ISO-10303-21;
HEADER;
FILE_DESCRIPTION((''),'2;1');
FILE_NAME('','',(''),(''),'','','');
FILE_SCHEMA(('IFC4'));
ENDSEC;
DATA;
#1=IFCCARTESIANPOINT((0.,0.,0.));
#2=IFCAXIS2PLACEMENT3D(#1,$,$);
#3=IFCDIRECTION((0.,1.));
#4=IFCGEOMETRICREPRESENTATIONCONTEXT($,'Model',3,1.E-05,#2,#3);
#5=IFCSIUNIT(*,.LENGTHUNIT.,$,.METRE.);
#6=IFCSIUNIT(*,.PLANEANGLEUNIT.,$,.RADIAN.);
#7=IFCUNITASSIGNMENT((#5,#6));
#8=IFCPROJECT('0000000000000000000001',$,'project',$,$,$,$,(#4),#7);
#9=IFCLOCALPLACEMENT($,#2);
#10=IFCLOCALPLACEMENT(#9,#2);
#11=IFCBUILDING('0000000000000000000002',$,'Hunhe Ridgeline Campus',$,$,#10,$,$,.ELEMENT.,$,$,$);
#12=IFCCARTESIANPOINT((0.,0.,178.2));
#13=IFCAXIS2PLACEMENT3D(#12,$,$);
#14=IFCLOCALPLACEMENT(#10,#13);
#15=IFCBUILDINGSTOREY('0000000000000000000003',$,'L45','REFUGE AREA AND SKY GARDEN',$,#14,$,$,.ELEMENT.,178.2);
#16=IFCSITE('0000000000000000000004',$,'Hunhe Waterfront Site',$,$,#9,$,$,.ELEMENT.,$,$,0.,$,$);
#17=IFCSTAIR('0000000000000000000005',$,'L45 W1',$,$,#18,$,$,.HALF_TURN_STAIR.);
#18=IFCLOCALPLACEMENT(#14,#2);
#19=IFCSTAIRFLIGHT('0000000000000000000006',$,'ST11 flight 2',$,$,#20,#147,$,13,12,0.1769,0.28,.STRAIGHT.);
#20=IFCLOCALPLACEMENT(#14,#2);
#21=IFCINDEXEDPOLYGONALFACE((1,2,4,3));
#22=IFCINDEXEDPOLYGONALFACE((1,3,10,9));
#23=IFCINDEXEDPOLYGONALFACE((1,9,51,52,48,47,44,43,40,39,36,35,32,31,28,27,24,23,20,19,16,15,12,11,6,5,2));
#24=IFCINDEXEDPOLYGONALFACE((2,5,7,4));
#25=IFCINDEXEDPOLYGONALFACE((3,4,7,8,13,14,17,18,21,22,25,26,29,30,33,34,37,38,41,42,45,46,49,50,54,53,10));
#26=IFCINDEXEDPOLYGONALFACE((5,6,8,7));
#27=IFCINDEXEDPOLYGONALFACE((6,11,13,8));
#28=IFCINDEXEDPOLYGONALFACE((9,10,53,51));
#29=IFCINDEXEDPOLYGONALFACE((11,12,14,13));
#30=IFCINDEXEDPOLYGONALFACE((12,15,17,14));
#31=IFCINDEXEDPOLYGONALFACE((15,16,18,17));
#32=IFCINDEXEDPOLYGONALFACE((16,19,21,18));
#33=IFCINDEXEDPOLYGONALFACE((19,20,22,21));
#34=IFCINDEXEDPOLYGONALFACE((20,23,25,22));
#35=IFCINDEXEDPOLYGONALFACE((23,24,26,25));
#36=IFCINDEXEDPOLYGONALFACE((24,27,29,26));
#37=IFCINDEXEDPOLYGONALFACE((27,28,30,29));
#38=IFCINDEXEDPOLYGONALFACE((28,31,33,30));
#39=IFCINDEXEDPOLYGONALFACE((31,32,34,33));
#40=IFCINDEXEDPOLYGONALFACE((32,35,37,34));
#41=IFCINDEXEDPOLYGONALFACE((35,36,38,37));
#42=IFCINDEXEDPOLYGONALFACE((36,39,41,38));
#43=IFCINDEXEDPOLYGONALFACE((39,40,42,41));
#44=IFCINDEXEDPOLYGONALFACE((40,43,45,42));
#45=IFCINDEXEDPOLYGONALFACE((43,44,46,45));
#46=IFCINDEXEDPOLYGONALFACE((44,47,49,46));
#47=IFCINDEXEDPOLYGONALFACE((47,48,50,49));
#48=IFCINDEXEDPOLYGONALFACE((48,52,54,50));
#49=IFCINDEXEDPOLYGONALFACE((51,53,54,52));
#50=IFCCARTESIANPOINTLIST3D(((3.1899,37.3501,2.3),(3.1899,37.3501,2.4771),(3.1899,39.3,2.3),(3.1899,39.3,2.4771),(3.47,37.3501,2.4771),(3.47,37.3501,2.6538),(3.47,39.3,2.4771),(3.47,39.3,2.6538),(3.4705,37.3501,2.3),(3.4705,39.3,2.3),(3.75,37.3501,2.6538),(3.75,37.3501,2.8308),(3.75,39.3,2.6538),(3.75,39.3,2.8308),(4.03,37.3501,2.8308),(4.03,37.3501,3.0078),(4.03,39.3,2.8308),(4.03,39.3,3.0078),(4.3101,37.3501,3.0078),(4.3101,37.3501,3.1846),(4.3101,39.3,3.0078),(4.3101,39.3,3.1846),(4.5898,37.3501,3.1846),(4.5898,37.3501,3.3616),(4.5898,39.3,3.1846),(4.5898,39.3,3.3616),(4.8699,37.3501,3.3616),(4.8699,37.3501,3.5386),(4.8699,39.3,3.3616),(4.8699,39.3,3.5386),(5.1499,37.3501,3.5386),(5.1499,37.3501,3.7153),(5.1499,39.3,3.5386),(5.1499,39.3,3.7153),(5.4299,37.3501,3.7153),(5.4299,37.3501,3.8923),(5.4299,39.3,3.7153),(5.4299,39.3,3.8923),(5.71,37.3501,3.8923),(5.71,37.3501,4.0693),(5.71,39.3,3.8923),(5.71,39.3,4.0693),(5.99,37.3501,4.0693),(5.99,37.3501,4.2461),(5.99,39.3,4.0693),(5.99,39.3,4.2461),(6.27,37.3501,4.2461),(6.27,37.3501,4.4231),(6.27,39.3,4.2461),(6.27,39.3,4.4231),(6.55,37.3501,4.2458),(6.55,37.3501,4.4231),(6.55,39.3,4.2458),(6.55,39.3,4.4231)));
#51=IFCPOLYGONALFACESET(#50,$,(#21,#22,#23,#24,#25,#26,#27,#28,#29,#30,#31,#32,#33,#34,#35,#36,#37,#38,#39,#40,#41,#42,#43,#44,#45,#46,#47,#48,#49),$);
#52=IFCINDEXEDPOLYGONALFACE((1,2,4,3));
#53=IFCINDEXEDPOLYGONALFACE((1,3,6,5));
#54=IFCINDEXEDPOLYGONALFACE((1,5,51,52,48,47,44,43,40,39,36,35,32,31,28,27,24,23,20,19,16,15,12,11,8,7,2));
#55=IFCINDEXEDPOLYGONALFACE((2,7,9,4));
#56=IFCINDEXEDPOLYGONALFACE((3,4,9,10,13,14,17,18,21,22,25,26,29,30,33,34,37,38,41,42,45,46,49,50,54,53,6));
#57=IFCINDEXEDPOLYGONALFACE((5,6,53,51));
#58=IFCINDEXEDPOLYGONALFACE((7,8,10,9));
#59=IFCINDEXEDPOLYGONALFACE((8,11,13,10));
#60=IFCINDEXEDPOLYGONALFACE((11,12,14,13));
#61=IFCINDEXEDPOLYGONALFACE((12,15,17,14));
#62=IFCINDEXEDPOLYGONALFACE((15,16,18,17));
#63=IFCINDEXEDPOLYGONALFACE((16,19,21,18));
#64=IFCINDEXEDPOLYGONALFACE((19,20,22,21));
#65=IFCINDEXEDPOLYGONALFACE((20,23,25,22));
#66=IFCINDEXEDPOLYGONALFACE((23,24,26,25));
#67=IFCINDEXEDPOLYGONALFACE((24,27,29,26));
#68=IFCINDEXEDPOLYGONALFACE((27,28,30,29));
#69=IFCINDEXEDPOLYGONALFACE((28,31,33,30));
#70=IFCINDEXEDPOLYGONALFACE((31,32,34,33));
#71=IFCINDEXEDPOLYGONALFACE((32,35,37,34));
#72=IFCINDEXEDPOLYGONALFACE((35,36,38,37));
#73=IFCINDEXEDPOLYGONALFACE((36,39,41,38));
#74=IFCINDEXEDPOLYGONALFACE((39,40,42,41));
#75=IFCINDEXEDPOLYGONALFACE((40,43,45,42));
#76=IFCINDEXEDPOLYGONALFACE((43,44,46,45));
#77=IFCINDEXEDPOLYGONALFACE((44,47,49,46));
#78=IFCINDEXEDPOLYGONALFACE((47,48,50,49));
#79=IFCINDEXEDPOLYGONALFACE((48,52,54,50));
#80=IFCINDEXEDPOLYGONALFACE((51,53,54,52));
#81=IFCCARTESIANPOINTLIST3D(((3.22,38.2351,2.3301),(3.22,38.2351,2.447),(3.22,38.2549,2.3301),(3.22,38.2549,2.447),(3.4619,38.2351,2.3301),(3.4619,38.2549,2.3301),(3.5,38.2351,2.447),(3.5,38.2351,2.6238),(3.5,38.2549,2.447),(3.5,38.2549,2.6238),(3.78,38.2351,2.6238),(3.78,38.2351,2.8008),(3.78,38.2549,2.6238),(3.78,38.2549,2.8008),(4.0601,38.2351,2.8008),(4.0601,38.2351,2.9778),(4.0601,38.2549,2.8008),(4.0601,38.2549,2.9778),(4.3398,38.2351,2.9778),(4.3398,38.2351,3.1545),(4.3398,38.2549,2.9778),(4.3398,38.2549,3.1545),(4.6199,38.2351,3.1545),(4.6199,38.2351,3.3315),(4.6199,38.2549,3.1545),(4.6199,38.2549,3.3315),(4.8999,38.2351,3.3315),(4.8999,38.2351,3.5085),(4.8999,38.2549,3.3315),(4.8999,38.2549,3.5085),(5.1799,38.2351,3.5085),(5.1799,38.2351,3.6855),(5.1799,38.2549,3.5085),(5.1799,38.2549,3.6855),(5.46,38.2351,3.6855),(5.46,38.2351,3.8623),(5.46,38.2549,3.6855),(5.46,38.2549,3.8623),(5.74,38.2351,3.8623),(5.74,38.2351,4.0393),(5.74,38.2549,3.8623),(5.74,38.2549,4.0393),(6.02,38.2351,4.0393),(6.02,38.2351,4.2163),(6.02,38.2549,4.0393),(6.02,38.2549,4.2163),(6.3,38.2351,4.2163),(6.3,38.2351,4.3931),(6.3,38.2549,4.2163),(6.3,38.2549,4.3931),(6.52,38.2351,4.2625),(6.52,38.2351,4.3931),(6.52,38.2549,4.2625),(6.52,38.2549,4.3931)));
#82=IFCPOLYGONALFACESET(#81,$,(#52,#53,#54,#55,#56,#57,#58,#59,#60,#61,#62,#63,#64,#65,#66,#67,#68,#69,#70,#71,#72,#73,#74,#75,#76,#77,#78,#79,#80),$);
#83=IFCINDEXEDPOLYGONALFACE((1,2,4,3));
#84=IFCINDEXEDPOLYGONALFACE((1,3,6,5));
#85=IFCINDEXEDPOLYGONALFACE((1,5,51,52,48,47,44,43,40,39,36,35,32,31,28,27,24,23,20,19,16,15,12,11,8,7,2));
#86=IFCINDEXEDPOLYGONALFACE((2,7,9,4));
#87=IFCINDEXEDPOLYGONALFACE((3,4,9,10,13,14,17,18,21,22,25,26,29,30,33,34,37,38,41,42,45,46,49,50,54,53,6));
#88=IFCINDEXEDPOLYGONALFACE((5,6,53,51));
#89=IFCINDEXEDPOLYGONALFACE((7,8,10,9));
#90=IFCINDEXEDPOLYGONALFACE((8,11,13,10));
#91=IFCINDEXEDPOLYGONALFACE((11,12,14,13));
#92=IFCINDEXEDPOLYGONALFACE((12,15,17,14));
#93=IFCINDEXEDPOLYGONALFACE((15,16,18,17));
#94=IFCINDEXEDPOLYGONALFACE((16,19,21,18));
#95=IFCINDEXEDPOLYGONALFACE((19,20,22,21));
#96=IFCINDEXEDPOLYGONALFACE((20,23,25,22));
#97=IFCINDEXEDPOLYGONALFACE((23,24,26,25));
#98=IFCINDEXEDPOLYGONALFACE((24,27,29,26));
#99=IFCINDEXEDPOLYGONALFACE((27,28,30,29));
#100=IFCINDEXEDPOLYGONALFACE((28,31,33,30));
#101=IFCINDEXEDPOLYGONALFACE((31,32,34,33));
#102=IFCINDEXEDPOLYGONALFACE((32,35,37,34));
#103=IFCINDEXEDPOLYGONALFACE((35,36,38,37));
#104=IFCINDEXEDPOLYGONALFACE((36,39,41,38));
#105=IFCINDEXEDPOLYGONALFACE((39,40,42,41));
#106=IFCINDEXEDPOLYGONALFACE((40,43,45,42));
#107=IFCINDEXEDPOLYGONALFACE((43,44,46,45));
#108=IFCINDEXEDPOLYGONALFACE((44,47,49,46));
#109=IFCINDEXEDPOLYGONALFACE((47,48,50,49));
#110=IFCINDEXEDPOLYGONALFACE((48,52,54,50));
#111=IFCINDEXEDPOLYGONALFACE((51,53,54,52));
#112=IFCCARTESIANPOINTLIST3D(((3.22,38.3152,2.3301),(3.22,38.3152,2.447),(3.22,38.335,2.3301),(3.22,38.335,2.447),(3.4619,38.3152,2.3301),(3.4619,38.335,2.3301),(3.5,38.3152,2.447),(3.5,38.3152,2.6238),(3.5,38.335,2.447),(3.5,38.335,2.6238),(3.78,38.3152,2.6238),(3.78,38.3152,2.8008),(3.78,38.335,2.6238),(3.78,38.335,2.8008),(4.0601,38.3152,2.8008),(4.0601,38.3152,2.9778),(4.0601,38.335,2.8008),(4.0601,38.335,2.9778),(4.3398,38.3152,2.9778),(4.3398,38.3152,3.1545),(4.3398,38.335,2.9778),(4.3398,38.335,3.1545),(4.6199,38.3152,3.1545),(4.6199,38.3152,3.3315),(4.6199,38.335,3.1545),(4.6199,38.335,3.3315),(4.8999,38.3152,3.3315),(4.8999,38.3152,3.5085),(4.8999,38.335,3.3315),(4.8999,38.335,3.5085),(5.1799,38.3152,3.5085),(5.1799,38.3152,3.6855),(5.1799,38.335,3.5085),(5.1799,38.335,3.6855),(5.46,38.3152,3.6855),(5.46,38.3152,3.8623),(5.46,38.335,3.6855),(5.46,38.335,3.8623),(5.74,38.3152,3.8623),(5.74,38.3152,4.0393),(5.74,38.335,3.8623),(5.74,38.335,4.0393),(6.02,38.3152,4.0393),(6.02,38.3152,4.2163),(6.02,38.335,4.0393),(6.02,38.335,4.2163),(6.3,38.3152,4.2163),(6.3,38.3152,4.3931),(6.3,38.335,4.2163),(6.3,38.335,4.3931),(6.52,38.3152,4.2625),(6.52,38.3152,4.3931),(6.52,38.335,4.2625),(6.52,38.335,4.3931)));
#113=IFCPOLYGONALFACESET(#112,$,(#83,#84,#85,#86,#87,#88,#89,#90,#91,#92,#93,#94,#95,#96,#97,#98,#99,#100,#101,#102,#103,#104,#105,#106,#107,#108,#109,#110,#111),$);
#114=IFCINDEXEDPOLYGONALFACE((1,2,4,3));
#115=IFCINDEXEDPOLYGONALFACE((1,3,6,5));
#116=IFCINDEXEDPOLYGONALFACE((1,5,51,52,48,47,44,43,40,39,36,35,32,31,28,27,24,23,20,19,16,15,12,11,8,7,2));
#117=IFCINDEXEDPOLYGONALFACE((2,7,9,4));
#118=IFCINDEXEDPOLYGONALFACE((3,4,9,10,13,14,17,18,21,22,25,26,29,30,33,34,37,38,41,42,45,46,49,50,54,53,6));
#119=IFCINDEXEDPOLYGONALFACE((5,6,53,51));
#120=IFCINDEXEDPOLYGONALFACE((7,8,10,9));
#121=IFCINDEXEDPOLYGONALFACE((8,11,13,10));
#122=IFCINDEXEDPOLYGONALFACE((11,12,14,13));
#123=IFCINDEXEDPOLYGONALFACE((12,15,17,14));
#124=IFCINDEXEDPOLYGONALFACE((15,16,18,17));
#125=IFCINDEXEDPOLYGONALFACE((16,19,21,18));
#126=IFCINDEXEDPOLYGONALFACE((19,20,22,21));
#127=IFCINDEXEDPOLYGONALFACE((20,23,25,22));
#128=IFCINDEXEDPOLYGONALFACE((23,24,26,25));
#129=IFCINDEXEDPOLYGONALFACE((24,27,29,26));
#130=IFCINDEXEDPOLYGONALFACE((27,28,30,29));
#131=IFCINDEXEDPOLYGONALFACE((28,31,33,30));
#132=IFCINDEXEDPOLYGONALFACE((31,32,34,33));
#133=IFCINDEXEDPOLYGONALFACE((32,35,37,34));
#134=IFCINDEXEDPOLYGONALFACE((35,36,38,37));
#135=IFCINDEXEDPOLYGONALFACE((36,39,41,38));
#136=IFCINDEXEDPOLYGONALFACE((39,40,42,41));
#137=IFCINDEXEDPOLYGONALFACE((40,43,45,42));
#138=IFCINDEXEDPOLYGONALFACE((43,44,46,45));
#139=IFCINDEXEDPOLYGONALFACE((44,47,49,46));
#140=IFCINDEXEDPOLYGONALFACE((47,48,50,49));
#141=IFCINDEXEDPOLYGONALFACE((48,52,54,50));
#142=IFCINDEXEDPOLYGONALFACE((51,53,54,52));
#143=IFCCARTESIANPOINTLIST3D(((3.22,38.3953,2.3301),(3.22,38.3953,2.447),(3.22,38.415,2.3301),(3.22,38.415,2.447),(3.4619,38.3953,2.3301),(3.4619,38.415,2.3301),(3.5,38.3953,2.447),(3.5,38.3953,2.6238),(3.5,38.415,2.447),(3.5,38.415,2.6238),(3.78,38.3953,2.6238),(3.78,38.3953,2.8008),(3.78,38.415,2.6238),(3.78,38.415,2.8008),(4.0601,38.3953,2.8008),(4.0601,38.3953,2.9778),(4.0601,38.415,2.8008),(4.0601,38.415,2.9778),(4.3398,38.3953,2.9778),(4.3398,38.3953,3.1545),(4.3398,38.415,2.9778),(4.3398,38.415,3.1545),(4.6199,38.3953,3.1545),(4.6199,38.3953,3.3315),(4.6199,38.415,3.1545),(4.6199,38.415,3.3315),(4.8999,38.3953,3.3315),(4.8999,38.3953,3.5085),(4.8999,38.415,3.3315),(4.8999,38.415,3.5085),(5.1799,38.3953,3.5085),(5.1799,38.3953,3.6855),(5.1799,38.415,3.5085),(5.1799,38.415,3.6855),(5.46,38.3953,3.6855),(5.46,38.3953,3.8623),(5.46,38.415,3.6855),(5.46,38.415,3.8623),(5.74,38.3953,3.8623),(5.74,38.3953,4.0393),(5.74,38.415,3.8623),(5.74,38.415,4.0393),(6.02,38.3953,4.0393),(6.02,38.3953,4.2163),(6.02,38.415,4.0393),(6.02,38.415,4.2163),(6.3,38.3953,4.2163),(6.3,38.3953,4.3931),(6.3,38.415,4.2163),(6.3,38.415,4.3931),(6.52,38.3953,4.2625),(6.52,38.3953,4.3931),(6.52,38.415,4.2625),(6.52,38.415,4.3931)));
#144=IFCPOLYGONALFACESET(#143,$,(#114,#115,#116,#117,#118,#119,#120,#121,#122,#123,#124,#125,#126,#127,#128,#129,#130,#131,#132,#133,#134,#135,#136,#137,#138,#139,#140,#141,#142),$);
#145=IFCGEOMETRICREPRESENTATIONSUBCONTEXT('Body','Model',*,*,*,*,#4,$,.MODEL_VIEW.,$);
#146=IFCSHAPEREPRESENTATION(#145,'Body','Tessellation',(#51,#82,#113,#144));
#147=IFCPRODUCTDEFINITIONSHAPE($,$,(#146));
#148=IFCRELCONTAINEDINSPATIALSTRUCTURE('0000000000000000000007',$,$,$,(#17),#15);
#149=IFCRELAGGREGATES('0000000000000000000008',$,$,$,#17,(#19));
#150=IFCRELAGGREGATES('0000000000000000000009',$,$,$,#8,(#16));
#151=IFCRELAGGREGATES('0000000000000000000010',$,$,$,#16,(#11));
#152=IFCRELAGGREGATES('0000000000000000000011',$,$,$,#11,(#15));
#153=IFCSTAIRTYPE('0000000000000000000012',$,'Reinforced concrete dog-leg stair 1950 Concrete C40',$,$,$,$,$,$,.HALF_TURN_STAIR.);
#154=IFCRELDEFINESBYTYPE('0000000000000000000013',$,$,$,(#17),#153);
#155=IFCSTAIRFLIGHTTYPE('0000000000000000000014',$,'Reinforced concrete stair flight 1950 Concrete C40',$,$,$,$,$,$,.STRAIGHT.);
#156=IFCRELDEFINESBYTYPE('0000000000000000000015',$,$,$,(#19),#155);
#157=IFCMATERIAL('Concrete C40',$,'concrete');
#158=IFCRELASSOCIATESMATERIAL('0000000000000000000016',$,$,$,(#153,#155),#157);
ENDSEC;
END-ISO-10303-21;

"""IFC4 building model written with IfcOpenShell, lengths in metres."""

from ifc_helpers import new_model, si_unit, direction, frame, origin, place, context, subcontext, project, spatial, polyline, outline, extrude, material, type_object, element, aggregate, save


model = new_model("IFC4")

# Units and contexts
model_context = context("Model", 3, precision=1e-05, world=origin(), true_north=direction((0.0, 1.0)))
body_context = subcontext(model_context, "Body", "Model", "MODEL_VIEW")
ifc_project = project(units=[si_unit("LENGTHUNIT", "METRE"), si_unit("PLANEANGLEUNIT", "RADIAN")], contexts=[model_context])

# Site, building, storey
site_placement = place(None, origin())
site = spatial("IfcSite", under=ifc_project, at=site_placement, Name="Hunhe Waterfront Site", CompositionType="ELEMENT", RefElevation=0.0)
building_placement = place(site_placement, origin())
building = spatial("IfcBuilding", under=site, at=building_placement, Name="Hunhe Ridgeline Campus", CompositionType="ELEMENT")
storey_placement = place(building_placement, frame((0.0, 0.0, 178.2)))
storey = spatial("IfcBuildingStorey", under=building, at=storey_placement, Name="L45", Description="REFUGE AREA AND SKY GARDEN", CompositionType="ELEMENT", Elevation=178.2)

# Stair, stair flight
ifc_material_1 = material(Name="Concrete C40", Category="concrete")
stair_type = type_object("IfcStairType", Name="Reinforced concrete dog-leg stair 1950 Concrete C40", PredefinedType="HALF_TURN_STAIR", material=ifc_material_1)
stair_placement = place(storey_placement, origin())
stair = element("IfcStair", 1, at=stair_placement, inside=storey, type_object=stair_type, Name="L45 W1", PredefinedType="HALF_TURN_STAIR")
stair_flight_type = type_object("IfcStairFlightType", Name="Reinforced concrete stair flight 1950 Concrete C40", PredefinedType="STRAIGHT", material=ifc_material_1)
stair_flight_placement = place(storey_placement, frame((3.1899, 38.325, 2.3), z_axis=(0.0, 0.0, 1.0), x_axis=(1.0, 0.0, 0.0)))
stair_flight = element("IfcStairFlight", 2, at=stair_flight_placement, type_object=stair_flight_type, Name="ST11 flight 2", NumberOfRisers=13, NumberOfTreads=12, PredefinedType="STRAIGHT", RiserHeight=0.1769, TreadLength=0.28, context=body_context, shape_type="SweptSolid", body=[
    extrude(outline(polyline([(0.0, 0.0), (0.0, 0.177), (0.28, 0.177), (0.28, 0.3538), (0.5601, 0.3538), (0.5601, 0.5308), (0.8401, 0.5308), (0.8401, 0.7078), (1.1201, 0.7078), (1.1201, 0.8845), (1.3999, 0.8845), (1.3999, 1.0615), (1.6799, 1.0615), (1.6799, 1.2385), (1.96, 1.2385), (1.96, 1.4153), (2.24, 1.4153), (2.24, 1.5923), (2.52, 1.5923), (2.52, 1.7693), (2.8, 1.7693), (2.8, 1.946), (3.0801, 1.946), (3.0801, 2.123), (3.3601, 2.123), (3.3601, 2.3), (3.3601, 1.9458), (0.2805, 0.0), (0.0, 0.0)])), frame((0.0, 0.9751, 0.0), z_axis=(0.0, -1.0, 0.0), x_axis=(1.0, 0.0, 0.0)), (0.0, 0.0, 1.0), 1.95),
    extrude(outline(polyline([(0.03, 0.03), (0.03, 0.147), (0.3101, 0.147), (0.3101, 0.3237), (0.5901, 0.3237), (0.5901, 0.5007), (0.8701, 0.5007), (0.8701, 0.6777), (1.1499, 0.6777), (1.1499, 0.8545), (1.4299, 0.8545), (1.4299, 1.0315), (1.71, 1.0315), (1.71, 1.2085), (1.99, 1.2085), (1.99, 1.3855), (2.27, 1.3855), (2.27, 1.5623), (2.55, 1.5623), (2.55, 1.7393), (2.8301, 1.7393), (2.8301, 1.9163), (3.1101, 1.9163), (3.1101, 2.093), (3.3301, 2.093), (3.3301, 1.9624), (0.272, 0.03), (0.03, 0.03)])), frame((0.0, -0.0701, 0.0), z_axis=(0.0, -1.0, 0.0), x_axis=(1.0, 0.0, 0.0)), (0.0, 0.0, 1.0), 0.0198),
    extrude(outline(polyline([(0.03, 0.03), (0.03, 0.147), (0.3101, 0.147), (0.3101, 0.3237), (0.5901, 0.3237), (0.5901, 0.5007), (0.8701, 0.5007), (0.8701, 0.6777), (1.1499, 0.6777), (1.1499, 0.8545), (1.4299, 0.8545), (1.4299, 1.0315), (1.71, 1.0315), (1.71, 1.2085), (1.99, 1.2085), (1.99, 1.3855), (2.27, 1.3855), (2.27, 1.5623), (2.55, 1.5623), (2.55, 1.7393), (2.8301, 1.7393), (2.8301, 1.9163), (3.1101, 1.9163), (3.1101, 2.093), (3.3301, 2.093), (3.3301, 1.9624), (0.272, 0.03), (0.03, 0.03)])), frame((0.0, 0.01, 0.0), z_axis=(0.0, -1.0, 0.0), x_axis=(1.0, 0.0, 0.0)), (0.0, 0.0, 1.0), 0.0198),
    extrude(outline(polyline([(0.03, 0.03), (0.03, 0.147), (0.3101, 0.147), (0.3101, 0.3237), (0.5901, 0.3237), (0.5901, 0.5007), (0.8701, 0.5007), (0.8701, 0.6777), (1.1499, 0.6777), (1.1499, 0.8545), (1.4299, 0.8545), (1.4299, 1.0315), (1.71, 1.0315), (1.71, 1.2085), (1.99, 1.2085), (1.99, 1.3855), (2.27, 1.3855), (2.27, 1.5623), (2.55, 1.5623), (2.55, 1.7393), (2.8301, 1.7393), (2.8301, 1.9163), (3.1101, 1.9163), (3.1101, 2.093), (3.3301, 2.093), (3.3301, 1.9624), (0.272, 0.03), (0.03, 0.03)])), frame((0.0, 0.0901, 0.0), z_axis=(0.0, -1.0, 0.0), x_axis=(1.0, 0.0, 0.0)), (0.0, 0.0, 1.0), 0.0198),
])
aggregate(stair, [stair_flight])

save(model, "model.ifc")
